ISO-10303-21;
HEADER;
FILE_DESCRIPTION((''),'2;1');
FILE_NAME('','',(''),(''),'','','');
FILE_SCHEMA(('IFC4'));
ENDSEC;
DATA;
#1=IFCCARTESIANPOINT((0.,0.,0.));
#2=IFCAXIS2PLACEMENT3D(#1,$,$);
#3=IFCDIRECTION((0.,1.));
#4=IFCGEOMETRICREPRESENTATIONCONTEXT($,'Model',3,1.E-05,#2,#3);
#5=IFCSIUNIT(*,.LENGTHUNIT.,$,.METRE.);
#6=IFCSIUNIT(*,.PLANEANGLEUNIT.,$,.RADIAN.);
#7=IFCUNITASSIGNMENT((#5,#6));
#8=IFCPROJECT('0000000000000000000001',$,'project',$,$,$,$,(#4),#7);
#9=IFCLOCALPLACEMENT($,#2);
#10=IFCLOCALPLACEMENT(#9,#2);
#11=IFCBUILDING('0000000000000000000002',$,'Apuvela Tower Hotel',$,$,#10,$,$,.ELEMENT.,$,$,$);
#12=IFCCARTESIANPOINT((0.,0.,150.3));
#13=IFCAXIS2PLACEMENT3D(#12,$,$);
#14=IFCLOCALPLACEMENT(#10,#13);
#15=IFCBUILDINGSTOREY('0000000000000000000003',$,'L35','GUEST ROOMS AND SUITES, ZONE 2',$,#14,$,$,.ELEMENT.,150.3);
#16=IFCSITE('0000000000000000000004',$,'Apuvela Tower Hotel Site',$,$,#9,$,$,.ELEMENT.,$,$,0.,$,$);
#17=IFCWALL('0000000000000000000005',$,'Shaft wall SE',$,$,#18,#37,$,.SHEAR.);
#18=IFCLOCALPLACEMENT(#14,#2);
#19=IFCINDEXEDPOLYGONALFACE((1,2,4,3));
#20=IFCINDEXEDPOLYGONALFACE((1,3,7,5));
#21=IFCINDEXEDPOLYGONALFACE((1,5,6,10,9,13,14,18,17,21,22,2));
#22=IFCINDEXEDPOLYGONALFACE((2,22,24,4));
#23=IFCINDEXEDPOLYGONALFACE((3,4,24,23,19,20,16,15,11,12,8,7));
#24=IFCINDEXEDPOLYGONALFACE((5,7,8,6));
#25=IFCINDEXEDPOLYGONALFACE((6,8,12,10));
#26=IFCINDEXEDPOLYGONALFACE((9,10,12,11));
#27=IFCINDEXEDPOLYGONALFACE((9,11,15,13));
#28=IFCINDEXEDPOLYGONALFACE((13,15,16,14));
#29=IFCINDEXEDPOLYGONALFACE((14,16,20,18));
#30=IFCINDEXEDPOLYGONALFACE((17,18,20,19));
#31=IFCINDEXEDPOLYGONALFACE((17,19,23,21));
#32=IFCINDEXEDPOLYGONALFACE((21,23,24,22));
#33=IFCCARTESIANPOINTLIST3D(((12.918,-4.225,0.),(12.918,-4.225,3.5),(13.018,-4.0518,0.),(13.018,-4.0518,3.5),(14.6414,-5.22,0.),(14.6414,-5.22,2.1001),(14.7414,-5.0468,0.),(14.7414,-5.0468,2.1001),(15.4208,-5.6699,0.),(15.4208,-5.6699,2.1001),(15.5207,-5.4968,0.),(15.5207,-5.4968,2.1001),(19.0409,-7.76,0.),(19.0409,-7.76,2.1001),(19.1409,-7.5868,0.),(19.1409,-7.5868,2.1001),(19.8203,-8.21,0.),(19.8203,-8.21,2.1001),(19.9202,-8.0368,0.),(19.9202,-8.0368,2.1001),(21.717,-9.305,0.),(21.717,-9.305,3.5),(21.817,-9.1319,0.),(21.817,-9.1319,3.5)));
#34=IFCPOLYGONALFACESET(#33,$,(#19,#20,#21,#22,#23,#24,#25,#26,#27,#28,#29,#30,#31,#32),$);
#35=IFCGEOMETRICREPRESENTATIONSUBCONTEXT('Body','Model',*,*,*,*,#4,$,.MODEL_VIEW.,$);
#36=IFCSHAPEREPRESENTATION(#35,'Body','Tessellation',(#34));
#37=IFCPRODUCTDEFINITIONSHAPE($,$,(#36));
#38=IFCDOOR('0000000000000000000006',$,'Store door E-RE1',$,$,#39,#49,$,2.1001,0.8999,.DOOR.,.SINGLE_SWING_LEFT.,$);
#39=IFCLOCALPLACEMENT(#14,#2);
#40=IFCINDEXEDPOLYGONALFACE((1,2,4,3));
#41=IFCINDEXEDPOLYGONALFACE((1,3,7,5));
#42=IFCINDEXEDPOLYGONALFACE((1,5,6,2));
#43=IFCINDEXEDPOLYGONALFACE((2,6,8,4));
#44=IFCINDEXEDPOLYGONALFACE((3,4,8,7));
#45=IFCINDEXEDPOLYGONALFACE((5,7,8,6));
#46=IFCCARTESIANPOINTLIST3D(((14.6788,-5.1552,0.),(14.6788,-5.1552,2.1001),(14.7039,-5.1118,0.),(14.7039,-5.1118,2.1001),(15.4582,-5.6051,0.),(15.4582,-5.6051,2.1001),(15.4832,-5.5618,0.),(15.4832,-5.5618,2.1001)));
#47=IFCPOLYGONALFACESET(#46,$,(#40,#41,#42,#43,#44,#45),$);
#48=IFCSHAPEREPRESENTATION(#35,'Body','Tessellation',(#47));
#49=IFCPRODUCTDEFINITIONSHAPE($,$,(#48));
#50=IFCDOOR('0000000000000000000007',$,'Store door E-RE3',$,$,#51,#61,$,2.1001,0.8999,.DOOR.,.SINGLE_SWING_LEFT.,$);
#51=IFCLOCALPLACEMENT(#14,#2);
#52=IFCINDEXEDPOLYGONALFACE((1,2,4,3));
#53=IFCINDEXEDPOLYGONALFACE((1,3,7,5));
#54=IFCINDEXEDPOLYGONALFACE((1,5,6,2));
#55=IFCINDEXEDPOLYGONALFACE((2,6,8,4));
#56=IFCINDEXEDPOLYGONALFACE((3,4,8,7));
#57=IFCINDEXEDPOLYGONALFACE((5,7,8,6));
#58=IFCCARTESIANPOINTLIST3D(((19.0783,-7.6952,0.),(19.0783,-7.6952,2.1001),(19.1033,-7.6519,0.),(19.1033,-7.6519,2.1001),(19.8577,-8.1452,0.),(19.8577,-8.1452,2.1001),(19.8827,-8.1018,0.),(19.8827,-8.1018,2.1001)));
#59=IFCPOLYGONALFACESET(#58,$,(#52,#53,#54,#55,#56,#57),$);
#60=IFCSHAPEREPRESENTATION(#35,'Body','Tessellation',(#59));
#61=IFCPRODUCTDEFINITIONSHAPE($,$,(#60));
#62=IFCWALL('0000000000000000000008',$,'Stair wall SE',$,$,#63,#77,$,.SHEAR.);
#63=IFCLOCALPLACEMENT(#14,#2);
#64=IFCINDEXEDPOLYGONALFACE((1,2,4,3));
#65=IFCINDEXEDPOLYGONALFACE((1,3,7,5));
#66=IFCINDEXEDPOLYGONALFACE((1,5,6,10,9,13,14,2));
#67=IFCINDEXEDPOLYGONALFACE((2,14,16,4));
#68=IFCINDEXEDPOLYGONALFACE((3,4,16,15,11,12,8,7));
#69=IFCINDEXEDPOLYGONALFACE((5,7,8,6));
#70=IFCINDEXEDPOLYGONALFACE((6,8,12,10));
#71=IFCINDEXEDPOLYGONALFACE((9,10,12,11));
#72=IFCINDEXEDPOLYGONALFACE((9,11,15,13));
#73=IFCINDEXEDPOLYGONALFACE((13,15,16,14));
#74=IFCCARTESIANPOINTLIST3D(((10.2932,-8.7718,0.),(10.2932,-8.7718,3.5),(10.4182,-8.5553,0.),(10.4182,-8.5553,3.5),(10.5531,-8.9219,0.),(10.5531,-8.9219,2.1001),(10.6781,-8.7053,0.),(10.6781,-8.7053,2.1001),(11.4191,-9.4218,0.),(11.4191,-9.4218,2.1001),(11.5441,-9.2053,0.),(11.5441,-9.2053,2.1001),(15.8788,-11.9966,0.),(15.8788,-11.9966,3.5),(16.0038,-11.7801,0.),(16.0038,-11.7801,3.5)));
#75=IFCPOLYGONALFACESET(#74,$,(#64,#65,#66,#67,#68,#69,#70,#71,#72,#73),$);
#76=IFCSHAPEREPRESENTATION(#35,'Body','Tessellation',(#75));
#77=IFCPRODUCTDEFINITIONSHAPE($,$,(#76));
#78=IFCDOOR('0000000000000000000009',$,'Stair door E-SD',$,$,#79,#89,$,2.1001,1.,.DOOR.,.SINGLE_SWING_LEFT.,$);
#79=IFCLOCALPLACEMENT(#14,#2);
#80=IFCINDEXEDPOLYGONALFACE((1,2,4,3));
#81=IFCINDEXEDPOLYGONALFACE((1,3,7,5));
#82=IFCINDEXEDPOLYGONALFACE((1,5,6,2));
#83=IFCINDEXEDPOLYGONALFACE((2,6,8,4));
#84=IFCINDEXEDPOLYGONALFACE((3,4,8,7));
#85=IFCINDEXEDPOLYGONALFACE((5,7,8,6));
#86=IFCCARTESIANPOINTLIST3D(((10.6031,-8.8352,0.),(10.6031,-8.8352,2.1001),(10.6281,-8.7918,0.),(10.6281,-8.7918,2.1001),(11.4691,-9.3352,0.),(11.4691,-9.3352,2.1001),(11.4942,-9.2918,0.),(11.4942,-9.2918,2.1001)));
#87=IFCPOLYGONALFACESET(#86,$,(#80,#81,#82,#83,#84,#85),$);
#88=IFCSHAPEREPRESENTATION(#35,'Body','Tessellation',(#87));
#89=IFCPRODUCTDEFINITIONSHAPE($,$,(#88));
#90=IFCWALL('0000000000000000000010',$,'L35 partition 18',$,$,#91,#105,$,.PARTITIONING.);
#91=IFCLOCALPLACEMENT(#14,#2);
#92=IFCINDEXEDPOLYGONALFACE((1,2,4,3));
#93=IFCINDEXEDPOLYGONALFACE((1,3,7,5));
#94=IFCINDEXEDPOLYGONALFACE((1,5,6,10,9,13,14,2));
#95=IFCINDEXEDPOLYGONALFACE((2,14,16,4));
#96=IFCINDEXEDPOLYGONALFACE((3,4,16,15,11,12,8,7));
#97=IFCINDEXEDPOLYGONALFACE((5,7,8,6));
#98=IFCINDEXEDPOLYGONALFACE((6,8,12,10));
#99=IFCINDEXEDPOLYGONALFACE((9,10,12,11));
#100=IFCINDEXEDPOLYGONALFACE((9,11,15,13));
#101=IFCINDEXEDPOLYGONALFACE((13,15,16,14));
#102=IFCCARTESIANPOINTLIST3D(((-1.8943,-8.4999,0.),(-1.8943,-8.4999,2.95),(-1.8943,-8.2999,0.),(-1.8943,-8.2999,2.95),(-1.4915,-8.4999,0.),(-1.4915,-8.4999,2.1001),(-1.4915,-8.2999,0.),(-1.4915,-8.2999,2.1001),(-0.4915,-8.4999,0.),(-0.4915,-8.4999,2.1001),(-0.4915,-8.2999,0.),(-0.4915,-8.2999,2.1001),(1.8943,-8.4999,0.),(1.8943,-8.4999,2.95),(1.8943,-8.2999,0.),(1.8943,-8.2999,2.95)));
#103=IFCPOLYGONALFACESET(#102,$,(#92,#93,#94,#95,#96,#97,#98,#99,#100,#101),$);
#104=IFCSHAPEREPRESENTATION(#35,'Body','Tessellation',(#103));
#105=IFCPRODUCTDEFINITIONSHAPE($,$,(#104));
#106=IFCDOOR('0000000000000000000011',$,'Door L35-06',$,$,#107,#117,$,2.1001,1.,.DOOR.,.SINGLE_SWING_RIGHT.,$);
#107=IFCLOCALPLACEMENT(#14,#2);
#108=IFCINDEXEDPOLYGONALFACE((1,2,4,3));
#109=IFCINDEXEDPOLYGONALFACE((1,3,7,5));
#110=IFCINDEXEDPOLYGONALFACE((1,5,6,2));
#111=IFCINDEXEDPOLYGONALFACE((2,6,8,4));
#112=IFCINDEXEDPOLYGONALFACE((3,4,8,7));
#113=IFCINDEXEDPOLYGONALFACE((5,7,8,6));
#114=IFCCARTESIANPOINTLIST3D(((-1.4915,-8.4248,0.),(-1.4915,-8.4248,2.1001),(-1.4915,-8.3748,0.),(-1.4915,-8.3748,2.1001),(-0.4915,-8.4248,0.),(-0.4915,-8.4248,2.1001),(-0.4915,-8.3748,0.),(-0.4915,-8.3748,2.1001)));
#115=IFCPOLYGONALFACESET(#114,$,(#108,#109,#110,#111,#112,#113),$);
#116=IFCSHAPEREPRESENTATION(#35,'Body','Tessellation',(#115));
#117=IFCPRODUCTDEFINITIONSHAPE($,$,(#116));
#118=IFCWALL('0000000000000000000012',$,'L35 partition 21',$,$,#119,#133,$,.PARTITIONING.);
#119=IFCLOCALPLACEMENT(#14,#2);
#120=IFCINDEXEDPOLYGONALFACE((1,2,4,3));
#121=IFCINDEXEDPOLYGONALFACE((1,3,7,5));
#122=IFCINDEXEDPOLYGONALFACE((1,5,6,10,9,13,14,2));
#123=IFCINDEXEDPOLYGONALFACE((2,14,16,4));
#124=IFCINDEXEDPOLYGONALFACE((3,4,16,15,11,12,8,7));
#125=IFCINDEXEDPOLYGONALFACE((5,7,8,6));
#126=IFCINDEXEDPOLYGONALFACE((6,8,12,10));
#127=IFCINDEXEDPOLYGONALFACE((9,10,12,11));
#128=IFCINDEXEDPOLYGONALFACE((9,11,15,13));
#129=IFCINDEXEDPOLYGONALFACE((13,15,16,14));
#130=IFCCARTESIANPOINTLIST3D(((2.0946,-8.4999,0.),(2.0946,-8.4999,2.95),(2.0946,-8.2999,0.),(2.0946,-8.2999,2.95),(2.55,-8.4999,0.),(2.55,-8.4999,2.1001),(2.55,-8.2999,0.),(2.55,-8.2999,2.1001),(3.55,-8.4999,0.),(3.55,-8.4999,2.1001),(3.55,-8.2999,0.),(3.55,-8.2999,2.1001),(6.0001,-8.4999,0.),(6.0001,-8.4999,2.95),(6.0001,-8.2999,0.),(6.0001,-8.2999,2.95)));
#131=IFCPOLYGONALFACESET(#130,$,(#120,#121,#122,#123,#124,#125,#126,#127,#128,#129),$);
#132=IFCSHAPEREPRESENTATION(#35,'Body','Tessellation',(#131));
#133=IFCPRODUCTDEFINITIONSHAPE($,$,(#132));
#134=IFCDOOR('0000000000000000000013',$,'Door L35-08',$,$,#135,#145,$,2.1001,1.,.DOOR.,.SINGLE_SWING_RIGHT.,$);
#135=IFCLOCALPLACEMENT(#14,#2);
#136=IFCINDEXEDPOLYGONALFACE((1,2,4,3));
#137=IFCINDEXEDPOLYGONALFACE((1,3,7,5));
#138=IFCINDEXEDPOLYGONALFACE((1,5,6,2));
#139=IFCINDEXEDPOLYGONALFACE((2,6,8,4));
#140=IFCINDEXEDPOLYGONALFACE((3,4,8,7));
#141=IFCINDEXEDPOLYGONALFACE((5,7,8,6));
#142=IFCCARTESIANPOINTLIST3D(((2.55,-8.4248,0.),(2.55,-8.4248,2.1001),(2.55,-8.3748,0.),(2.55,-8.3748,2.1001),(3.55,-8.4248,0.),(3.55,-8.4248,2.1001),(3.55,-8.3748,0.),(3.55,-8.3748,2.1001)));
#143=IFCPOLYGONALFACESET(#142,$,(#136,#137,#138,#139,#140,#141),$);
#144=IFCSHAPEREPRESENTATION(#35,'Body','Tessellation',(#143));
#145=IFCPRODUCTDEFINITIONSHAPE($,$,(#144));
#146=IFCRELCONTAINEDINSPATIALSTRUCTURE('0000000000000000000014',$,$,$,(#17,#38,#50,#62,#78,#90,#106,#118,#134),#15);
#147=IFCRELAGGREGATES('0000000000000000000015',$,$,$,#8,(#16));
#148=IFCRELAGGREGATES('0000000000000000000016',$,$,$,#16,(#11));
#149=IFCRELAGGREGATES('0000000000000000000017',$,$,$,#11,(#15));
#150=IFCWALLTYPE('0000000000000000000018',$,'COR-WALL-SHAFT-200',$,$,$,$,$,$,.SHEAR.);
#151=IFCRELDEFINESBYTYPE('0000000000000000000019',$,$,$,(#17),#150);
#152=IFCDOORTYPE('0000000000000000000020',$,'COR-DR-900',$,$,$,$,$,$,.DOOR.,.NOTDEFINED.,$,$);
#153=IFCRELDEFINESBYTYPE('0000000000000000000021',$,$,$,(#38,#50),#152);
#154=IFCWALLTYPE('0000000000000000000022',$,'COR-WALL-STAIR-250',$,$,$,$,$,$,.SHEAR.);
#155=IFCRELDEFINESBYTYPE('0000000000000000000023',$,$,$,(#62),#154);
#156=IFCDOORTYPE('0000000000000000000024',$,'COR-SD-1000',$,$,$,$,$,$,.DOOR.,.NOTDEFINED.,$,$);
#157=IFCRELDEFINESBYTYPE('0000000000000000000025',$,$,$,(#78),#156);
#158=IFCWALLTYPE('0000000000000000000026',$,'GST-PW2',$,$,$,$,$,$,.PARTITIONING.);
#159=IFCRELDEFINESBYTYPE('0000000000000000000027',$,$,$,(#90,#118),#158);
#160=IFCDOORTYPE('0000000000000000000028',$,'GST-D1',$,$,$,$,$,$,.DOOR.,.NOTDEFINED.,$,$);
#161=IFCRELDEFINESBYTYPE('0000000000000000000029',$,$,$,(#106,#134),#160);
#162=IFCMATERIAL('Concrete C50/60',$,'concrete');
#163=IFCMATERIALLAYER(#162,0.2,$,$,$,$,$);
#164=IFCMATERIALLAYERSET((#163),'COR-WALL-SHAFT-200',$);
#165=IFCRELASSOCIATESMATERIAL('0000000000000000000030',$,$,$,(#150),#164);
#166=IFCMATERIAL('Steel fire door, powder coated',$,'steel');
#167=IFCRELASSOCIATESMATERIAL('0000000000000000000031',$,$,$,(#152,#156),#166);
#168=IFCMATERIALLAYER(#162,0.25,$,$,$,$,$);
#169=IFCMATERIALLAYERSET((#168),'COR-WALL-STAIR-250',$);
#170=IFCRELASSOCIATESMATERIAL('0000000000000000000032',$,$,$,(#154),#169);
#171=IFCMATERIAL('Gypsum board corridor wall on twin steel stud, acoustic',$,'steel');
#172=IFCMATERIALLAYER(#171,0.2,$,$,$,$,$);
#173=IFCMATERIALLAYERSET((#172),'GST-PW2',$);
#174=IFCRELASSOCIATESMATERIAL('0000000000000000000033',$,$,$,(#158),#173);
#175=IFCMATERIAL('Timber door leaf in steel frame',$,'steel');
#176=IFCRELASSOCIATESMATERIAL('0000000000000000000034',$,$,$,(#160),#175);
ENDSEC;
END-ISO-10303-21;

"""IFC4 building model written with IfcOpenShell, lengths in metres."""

from ifc_helpers import new_model, si_unit, direction, frame, frame_2d, origin, place, context, subcontext, project, spatial, rectangle, extrude, material, layer, layer_set, type_object, element, fill, save


model = new_model("IFC4")

# Units and contexts
model_context = context("Model", 3, precision=1e-05, world=origin(), true_north=direction((0.0, 1.0)))
body_context = subcontext(model_context, "Body", "Model", "MODEL_VIEW")
ifc_project = project(units=[si_unit("LENGTHUNIT", "METRE"), si_unit("PLANEANGLEUNIT", "RADIAN")], contexts=[model_context])

# Site, building, storey
site_placement = place(None, origin())
site = spatial("IfcSite", under=ifc_project, at=site_placement, Name="Apuvela Tower Hotel Site", CompositionType="ELEMENT", RefElevation=0.0)
building_placement = place(site_placement, origin())
building = spatial("IfcBuilding", under=site, at=building_placement, Name="Apuvela Tower Hotel", CompositionType="ELEMENT")
storey_placement = place(building_placement, frame((0.0, 0.0, 150.3)))
storey = spatial("IfcBuildingStorey", under=building, at=storey_placement, Name="L35", Description="GUEST ROOMS AND SUITES, ZONE 2", CompositionType="ELEMENT", Elevation=150.3)

# Shared definitions
ifc_material_1 = material(Name="Concrete C50/60", Category="concrete")
ifc_material_2 = material(Name="Steel fire door, powder coated", Category="steel")

# Shared definitions
ifc_layer_1 = layer(ifc_material_1, 0.2)
ifc_layer_set_1 = layer_set([ifc_layer_1], Name="COR-WALL-SHAFT-200")
wall_type_1 = type_object("IfcWallType", Name="COR-WALL-SHAFT-200", PredefinedType="SHEAR", material=ifc_layer_set_1)

# Wall, openings, doors
wall_1_placement = place(storey_placement, frame((12.968, -4.1384, 0.0), z_axis=(0.0, 0.0, 1.0), x_axis=(0.866028, -0.499995, 0.0)))
wall_1 = element("IfcWall", 1, at=wall_1_placement, inside=storey, type_object=wall_type_1, Name="Shaft wall SE", PredefinedType="SHEAR", context=body_context, shape_type="SweptSolid", body=[
    extrude(rectangle(XDim=10.1602, YDim=0.2, at=frame_2d((5.0801, 0.0))), origin(), (0.0, 0.0, 1.0), 3.5),
])
opening_1_placement = place(wall_1_placement, frame((1.99, 0.0, 0.0)))
opening_1 = element("IfcOpeningElement", 2, at=opening_1_placement, cuts=wall_1, PredefinedType="OPENING", context=body_context, shape_type="SweptSolid", body=[
    extrude(rectangle(XDim=0.8999, YDim=2.1001, at=frame_2d((0.45, 1.05))), frame((0.0, 0.1099, 0.0), z_axis=(0.0, -1.0, 0.0), x_axis=(1.0, 0.0, 0.0)), (0.0, 0.0, 1.0), 0.22),
])
opening_2_placement = place(wall_1_placement, frame((7.0701, 0.0, 0.0)))
opening_2 = element("IfcOpeningElement", 3, at=opening_2_placement, cuts=wall_1, PredefinedType="OPENING", context=body_context, shape_type="SweptSolid", body=[
    extrude(rectangle(XDim=0.8999, YDim=2.1001, at=frame_2d((0.45, 1.05))), frame((0.0, 0.1099, 0.0), z_axis=(0.0, -1.0, 0.0), x_axis=(1.0, 0.0, 0.0)), (0.0, 0.0, 1.0), 0.22),
])
door_type_1 = type_object("IfcDoorType", Name="COR-DR-900", OperationType="NOTDEFINED", PredefinedType="DOOR", material=ifc_material_2)
door_1_placement = place(opening_1_placement, origin())
door_1 = element("IfcDoor", 4, at=door_1_placement, inside=storey, type_object=door_type_1, Name="Store door E-RE1", OperationType="SINGLE_SWING_LEFT", OverallHeight=2.1001, OverallWidth=0.8999, PredefinedType="DOOR", context=body_context, shape_type="SweptSolid", body=[
    extrude(rectangle(XDim=0.8999, YDim=2.1001, at=frame_2d((0.45, 1.05))), frame((0.0, 0.0249, 0.0), z_axis=(0.0, -1.0, 0.0), x_axis=(1.0, 0.0, 0.0)), (0.0, 0.0, 1.0), 0.05),
])
fill(opening_1, door_1)
door_2_placement = place(opening_2_placement, origin())
door_2 = element("IfcDoor", 5, at=door_2_placement, inside=storey, type_object=door_type_1, Name="Store door E-RE3", OperationType="SINGLE_SWING_LEFT", OverallHeight=2.1001, OverallWidth=0.8999, PredefinedType="DOOR", context=body_context, shape_type="SweptSolid", body=[
    extrude(rectangle(XDim=0.8999, YDim=2.1001, at=frame_2d((0.45, 1.05))), frame((0.0, 0.0249, 0.0), z_axis=(0.0, -1.0, 0.0), x_axis=(1.0, 0.0, 0.0)), (0.0, 0.0, 1.0), 0.05),
])
fill(opening_2, door_2)

# Walls, openings, doors
ifc_layer_2 = layer(ifc_material_1, 0.25)
ifc_layer_set_2 = layer_set([ifc_layer_2], Name="COR-WALL-STAIR-250")
wall_type_2 = type_object("IfcWallType", Name="COR-WALL-STAIR-250", PredefinedType="SHEAR", material=ifc_layer_set_2)
wall_2_placement = place(storey_placement, frame((10.3557, -8.6636, 0.0), z_axis=(0.0, 0.0, 1.0), x_axis=(0.866029, -0.499994, 0.0)))
wall_2 = element("IfcWall", 6, at=wall_2_placement, inside=storey, type_object=wall_type_2, Name="Stair wall SE", PredefinedType="SHEAR", context=body_context, shape_type="SweptSolid", body=[
    extrude(rectangle(XDim=6.4497, YDim=0.25, at=frame_2d((3.2249, 0.0))), origin(), (0.0, 0.0, 1.0), 3.5),
])
opening_3_placement = place(wall_2_placement, frame((0.3, 0.0, 0.0)))
opening_3 = element("IfcOpeningElement", 7, at=opening_3_placement, cuts=wall_2, PredefinedType="OPENING", context=body_context, shape_type="SweptSolid", body=[
    extrude(rectangle(XDim=1.0, YDim=2.1001, at=frame_2d((0.5, 1.05))), frame((0.0, 0.135, 0.0), z_axis=(0.0, -1.0, 0.0), x_axis=(1.0, 0.0, 0.0)), (0.0, 0.0, 1.0), 0.27),
])
door_type_2 = type_object("IfcDoorType", Name="COR-SD-1000", OperationType="NOTDEFINED", PredefinedType="DOOR", material=ifc_material_2)
door_3_placement = place(opening_3_placement, frame((1.0, 0.0, 0.0), z_axis=(0.0, 0.0, 1.0), x_axis=(-1.0, 0.0, 0.0)))
door_3 = element("IfcDoor", 8, at=door_3_placement, inside=storey, type_object=door_type_2, Name="Stair door E-SD", OperationType="SINGLE_SWING_LEFT", OverallHeight=2.1001, OverallWidth=1.0, PredefinedType="DOOR", context=body_context, shape_type="SweptSolid", body=[
    extrude(rectangle(XDim=1.0, YDim=2.1001, at=frame_2d((0.5, 1.05))), frame((0.0, 0.0249, 0.0), z_axis=(0.0, -1.0, 0.0), x_axis=(1.0, 0.0, 0.0)), (0.0, 0.0, 1.0), 0.05),
])
fill(opening_3, door_3)
ifc_material_3 = material(Name="Gypsum board corridor wall on twin steel stud, acoustic", Category="steel")
ifc_layer_3 = layer(ifc_material_3, 0.2)
ifc_layer_set_3 = layer_set([ifc_layer_3], Name="GST-PW2")
wall_type_3 = type_object("IfcWallType", Name="GST-PW2", PredefinedType="PARTITIONING", material=ifc_layer_set_3)
wall_3_placement = place(storey_placement, frame((1.8943, -8.3999, 0.0), z_axis=(0.0, 0.0, 1.0), x_axis=(-1.0, 0.0, 0.0)))
wall_3 = element("IfcWall", 9, at=wall_3_placement, inside=storey, type_object=wall_type_3, Name="L35 partition 18", PredefinedType="PARTITIONING", context=body_context, shape_type="SweptSolid", body=[
    extrude(rectangle(XDim=3.7886, YDim=0.2, at=frame_2d((1.8943, 0.0))), origin(), (0.0, 0.0, 1.0), 2.95),
])
opening_4_placement = place(wall_3_placement, frame((2.3857, 0.0, 0.0)))
opening_4 = element("IfcOpeningElement", 10, at=opening_4_placement, cuts=wall_3, PredefinedType="OPENING", context=body_context, shape_type="SweptSolid", body=[
    extrude(rectangle(XDim=1.0, YDim=2.1001, at=frame_2d((0.5, 1.05))), frame((0.0, 0.1099, 0.0), z_axis=(0.0, -1.0, 0.0), x_axis=(1.0, 0.0, 0.0)), (0.0, 0.0, 1.0), 0.22),
])
ifc_material_4 = material(Name="Timber door leaf in steel frame", Category="steel")
door_type_3 = type_object("IfcDoorType", Name="GST-D1", OperationType="NOTDEFINED", PredefinedType="DOOR", material=ifc_material_4)
door_4_placement = place(opening_4_placement, origin())
door_4 = element("IfcDoor", 11, at=door_4_placement, inside=storey, type_object=door_type_3, Name="Door L35-06", OperationType="SINGLE_SWING_RIGHT", OverallHeight=2.1001, OverallWidth=1.0, PredefinedType="DOOR", context=body_context, shape_type="SweptSolid", body=[
    extrude(rectangle(XDim=1.0, YDim=2.1001, at=frame_2d((0.5, 1.05))), frame((0.0, 0.0249, 0.0), z_axis=(0.0, -1.0, 0.0), x_axis=(1.0, 0.0, 0.0)), (0.0, 0.0, 1.0), 0.05),
])
fill(opening_4, door_4)
wall_4_placement = place(storey_placement, frame((6.0, -8.3999, 0.0), z_axis=(0.0, 0.0, 1.0), x_axis=(-1.0, 0.0, 0.0)))
wall_4 = element("IfcWall", 12, at=wall_4_placement, inside=storey, type_object=wall_type_3, Name="L35 partition 21", PredefinedType="PARTITIONING", context=body_context, shape_type="SweptSolid", body=[
    extrude(rectangle(XDim=3.9055, YDim=0.2, at=frame_2d((1.9526, 0.0))), origin(), (0.0, 0.0, 1.0), 2.95),
])
opening_5_placement = place(wall_4_placement, frame((2.45, 0.0, 0.0)))
opening_5 = element("IfcOpeningElement", 13, at=opening_5_placement, cuts=wall_4, PredefinedType="OPENING", context=body_context, shape_type="SweptSolid", body=[
    extrude(rectangle(XDim=1.0, YDim=2.1001, at=frame_2d((0.5, 1.05))), frame((0.0, 0.1099, 0.0), z_axis=(0.0, -1.0, 0.0), x_axis=(1.0, 0.0, 0.0)), (0.0, 0.0, 1.0), 0.22),
])
door_5_placement = place(opening_5_placement, origin())
door_5 = element("IfcDoor", 14, at=door_5_placement, inside=storey, type_object=door_type_3, Name="Door L35-08", OperationType="SINGLE_SWING_RIGHT", OverallHeight=2.1001, OverallWidth=1.0, PredefinedType="DOOR", context=body_context, shape_type="SweptSolid", body=[
    extrude(rectangle(XDim=1.0, YDim=2.1001, at=frame_2d((0.5, 1.05))), frame((0.0, 0.0249, 0.0), z_axis=(0.0, -1.0, 0.0), x_axis=(1.0, 0.0, 0.0)), (0.0, 0.0, 1.0), 0.05),
])
fill(opening_5, door_5)

save(model, "model.ifc")
